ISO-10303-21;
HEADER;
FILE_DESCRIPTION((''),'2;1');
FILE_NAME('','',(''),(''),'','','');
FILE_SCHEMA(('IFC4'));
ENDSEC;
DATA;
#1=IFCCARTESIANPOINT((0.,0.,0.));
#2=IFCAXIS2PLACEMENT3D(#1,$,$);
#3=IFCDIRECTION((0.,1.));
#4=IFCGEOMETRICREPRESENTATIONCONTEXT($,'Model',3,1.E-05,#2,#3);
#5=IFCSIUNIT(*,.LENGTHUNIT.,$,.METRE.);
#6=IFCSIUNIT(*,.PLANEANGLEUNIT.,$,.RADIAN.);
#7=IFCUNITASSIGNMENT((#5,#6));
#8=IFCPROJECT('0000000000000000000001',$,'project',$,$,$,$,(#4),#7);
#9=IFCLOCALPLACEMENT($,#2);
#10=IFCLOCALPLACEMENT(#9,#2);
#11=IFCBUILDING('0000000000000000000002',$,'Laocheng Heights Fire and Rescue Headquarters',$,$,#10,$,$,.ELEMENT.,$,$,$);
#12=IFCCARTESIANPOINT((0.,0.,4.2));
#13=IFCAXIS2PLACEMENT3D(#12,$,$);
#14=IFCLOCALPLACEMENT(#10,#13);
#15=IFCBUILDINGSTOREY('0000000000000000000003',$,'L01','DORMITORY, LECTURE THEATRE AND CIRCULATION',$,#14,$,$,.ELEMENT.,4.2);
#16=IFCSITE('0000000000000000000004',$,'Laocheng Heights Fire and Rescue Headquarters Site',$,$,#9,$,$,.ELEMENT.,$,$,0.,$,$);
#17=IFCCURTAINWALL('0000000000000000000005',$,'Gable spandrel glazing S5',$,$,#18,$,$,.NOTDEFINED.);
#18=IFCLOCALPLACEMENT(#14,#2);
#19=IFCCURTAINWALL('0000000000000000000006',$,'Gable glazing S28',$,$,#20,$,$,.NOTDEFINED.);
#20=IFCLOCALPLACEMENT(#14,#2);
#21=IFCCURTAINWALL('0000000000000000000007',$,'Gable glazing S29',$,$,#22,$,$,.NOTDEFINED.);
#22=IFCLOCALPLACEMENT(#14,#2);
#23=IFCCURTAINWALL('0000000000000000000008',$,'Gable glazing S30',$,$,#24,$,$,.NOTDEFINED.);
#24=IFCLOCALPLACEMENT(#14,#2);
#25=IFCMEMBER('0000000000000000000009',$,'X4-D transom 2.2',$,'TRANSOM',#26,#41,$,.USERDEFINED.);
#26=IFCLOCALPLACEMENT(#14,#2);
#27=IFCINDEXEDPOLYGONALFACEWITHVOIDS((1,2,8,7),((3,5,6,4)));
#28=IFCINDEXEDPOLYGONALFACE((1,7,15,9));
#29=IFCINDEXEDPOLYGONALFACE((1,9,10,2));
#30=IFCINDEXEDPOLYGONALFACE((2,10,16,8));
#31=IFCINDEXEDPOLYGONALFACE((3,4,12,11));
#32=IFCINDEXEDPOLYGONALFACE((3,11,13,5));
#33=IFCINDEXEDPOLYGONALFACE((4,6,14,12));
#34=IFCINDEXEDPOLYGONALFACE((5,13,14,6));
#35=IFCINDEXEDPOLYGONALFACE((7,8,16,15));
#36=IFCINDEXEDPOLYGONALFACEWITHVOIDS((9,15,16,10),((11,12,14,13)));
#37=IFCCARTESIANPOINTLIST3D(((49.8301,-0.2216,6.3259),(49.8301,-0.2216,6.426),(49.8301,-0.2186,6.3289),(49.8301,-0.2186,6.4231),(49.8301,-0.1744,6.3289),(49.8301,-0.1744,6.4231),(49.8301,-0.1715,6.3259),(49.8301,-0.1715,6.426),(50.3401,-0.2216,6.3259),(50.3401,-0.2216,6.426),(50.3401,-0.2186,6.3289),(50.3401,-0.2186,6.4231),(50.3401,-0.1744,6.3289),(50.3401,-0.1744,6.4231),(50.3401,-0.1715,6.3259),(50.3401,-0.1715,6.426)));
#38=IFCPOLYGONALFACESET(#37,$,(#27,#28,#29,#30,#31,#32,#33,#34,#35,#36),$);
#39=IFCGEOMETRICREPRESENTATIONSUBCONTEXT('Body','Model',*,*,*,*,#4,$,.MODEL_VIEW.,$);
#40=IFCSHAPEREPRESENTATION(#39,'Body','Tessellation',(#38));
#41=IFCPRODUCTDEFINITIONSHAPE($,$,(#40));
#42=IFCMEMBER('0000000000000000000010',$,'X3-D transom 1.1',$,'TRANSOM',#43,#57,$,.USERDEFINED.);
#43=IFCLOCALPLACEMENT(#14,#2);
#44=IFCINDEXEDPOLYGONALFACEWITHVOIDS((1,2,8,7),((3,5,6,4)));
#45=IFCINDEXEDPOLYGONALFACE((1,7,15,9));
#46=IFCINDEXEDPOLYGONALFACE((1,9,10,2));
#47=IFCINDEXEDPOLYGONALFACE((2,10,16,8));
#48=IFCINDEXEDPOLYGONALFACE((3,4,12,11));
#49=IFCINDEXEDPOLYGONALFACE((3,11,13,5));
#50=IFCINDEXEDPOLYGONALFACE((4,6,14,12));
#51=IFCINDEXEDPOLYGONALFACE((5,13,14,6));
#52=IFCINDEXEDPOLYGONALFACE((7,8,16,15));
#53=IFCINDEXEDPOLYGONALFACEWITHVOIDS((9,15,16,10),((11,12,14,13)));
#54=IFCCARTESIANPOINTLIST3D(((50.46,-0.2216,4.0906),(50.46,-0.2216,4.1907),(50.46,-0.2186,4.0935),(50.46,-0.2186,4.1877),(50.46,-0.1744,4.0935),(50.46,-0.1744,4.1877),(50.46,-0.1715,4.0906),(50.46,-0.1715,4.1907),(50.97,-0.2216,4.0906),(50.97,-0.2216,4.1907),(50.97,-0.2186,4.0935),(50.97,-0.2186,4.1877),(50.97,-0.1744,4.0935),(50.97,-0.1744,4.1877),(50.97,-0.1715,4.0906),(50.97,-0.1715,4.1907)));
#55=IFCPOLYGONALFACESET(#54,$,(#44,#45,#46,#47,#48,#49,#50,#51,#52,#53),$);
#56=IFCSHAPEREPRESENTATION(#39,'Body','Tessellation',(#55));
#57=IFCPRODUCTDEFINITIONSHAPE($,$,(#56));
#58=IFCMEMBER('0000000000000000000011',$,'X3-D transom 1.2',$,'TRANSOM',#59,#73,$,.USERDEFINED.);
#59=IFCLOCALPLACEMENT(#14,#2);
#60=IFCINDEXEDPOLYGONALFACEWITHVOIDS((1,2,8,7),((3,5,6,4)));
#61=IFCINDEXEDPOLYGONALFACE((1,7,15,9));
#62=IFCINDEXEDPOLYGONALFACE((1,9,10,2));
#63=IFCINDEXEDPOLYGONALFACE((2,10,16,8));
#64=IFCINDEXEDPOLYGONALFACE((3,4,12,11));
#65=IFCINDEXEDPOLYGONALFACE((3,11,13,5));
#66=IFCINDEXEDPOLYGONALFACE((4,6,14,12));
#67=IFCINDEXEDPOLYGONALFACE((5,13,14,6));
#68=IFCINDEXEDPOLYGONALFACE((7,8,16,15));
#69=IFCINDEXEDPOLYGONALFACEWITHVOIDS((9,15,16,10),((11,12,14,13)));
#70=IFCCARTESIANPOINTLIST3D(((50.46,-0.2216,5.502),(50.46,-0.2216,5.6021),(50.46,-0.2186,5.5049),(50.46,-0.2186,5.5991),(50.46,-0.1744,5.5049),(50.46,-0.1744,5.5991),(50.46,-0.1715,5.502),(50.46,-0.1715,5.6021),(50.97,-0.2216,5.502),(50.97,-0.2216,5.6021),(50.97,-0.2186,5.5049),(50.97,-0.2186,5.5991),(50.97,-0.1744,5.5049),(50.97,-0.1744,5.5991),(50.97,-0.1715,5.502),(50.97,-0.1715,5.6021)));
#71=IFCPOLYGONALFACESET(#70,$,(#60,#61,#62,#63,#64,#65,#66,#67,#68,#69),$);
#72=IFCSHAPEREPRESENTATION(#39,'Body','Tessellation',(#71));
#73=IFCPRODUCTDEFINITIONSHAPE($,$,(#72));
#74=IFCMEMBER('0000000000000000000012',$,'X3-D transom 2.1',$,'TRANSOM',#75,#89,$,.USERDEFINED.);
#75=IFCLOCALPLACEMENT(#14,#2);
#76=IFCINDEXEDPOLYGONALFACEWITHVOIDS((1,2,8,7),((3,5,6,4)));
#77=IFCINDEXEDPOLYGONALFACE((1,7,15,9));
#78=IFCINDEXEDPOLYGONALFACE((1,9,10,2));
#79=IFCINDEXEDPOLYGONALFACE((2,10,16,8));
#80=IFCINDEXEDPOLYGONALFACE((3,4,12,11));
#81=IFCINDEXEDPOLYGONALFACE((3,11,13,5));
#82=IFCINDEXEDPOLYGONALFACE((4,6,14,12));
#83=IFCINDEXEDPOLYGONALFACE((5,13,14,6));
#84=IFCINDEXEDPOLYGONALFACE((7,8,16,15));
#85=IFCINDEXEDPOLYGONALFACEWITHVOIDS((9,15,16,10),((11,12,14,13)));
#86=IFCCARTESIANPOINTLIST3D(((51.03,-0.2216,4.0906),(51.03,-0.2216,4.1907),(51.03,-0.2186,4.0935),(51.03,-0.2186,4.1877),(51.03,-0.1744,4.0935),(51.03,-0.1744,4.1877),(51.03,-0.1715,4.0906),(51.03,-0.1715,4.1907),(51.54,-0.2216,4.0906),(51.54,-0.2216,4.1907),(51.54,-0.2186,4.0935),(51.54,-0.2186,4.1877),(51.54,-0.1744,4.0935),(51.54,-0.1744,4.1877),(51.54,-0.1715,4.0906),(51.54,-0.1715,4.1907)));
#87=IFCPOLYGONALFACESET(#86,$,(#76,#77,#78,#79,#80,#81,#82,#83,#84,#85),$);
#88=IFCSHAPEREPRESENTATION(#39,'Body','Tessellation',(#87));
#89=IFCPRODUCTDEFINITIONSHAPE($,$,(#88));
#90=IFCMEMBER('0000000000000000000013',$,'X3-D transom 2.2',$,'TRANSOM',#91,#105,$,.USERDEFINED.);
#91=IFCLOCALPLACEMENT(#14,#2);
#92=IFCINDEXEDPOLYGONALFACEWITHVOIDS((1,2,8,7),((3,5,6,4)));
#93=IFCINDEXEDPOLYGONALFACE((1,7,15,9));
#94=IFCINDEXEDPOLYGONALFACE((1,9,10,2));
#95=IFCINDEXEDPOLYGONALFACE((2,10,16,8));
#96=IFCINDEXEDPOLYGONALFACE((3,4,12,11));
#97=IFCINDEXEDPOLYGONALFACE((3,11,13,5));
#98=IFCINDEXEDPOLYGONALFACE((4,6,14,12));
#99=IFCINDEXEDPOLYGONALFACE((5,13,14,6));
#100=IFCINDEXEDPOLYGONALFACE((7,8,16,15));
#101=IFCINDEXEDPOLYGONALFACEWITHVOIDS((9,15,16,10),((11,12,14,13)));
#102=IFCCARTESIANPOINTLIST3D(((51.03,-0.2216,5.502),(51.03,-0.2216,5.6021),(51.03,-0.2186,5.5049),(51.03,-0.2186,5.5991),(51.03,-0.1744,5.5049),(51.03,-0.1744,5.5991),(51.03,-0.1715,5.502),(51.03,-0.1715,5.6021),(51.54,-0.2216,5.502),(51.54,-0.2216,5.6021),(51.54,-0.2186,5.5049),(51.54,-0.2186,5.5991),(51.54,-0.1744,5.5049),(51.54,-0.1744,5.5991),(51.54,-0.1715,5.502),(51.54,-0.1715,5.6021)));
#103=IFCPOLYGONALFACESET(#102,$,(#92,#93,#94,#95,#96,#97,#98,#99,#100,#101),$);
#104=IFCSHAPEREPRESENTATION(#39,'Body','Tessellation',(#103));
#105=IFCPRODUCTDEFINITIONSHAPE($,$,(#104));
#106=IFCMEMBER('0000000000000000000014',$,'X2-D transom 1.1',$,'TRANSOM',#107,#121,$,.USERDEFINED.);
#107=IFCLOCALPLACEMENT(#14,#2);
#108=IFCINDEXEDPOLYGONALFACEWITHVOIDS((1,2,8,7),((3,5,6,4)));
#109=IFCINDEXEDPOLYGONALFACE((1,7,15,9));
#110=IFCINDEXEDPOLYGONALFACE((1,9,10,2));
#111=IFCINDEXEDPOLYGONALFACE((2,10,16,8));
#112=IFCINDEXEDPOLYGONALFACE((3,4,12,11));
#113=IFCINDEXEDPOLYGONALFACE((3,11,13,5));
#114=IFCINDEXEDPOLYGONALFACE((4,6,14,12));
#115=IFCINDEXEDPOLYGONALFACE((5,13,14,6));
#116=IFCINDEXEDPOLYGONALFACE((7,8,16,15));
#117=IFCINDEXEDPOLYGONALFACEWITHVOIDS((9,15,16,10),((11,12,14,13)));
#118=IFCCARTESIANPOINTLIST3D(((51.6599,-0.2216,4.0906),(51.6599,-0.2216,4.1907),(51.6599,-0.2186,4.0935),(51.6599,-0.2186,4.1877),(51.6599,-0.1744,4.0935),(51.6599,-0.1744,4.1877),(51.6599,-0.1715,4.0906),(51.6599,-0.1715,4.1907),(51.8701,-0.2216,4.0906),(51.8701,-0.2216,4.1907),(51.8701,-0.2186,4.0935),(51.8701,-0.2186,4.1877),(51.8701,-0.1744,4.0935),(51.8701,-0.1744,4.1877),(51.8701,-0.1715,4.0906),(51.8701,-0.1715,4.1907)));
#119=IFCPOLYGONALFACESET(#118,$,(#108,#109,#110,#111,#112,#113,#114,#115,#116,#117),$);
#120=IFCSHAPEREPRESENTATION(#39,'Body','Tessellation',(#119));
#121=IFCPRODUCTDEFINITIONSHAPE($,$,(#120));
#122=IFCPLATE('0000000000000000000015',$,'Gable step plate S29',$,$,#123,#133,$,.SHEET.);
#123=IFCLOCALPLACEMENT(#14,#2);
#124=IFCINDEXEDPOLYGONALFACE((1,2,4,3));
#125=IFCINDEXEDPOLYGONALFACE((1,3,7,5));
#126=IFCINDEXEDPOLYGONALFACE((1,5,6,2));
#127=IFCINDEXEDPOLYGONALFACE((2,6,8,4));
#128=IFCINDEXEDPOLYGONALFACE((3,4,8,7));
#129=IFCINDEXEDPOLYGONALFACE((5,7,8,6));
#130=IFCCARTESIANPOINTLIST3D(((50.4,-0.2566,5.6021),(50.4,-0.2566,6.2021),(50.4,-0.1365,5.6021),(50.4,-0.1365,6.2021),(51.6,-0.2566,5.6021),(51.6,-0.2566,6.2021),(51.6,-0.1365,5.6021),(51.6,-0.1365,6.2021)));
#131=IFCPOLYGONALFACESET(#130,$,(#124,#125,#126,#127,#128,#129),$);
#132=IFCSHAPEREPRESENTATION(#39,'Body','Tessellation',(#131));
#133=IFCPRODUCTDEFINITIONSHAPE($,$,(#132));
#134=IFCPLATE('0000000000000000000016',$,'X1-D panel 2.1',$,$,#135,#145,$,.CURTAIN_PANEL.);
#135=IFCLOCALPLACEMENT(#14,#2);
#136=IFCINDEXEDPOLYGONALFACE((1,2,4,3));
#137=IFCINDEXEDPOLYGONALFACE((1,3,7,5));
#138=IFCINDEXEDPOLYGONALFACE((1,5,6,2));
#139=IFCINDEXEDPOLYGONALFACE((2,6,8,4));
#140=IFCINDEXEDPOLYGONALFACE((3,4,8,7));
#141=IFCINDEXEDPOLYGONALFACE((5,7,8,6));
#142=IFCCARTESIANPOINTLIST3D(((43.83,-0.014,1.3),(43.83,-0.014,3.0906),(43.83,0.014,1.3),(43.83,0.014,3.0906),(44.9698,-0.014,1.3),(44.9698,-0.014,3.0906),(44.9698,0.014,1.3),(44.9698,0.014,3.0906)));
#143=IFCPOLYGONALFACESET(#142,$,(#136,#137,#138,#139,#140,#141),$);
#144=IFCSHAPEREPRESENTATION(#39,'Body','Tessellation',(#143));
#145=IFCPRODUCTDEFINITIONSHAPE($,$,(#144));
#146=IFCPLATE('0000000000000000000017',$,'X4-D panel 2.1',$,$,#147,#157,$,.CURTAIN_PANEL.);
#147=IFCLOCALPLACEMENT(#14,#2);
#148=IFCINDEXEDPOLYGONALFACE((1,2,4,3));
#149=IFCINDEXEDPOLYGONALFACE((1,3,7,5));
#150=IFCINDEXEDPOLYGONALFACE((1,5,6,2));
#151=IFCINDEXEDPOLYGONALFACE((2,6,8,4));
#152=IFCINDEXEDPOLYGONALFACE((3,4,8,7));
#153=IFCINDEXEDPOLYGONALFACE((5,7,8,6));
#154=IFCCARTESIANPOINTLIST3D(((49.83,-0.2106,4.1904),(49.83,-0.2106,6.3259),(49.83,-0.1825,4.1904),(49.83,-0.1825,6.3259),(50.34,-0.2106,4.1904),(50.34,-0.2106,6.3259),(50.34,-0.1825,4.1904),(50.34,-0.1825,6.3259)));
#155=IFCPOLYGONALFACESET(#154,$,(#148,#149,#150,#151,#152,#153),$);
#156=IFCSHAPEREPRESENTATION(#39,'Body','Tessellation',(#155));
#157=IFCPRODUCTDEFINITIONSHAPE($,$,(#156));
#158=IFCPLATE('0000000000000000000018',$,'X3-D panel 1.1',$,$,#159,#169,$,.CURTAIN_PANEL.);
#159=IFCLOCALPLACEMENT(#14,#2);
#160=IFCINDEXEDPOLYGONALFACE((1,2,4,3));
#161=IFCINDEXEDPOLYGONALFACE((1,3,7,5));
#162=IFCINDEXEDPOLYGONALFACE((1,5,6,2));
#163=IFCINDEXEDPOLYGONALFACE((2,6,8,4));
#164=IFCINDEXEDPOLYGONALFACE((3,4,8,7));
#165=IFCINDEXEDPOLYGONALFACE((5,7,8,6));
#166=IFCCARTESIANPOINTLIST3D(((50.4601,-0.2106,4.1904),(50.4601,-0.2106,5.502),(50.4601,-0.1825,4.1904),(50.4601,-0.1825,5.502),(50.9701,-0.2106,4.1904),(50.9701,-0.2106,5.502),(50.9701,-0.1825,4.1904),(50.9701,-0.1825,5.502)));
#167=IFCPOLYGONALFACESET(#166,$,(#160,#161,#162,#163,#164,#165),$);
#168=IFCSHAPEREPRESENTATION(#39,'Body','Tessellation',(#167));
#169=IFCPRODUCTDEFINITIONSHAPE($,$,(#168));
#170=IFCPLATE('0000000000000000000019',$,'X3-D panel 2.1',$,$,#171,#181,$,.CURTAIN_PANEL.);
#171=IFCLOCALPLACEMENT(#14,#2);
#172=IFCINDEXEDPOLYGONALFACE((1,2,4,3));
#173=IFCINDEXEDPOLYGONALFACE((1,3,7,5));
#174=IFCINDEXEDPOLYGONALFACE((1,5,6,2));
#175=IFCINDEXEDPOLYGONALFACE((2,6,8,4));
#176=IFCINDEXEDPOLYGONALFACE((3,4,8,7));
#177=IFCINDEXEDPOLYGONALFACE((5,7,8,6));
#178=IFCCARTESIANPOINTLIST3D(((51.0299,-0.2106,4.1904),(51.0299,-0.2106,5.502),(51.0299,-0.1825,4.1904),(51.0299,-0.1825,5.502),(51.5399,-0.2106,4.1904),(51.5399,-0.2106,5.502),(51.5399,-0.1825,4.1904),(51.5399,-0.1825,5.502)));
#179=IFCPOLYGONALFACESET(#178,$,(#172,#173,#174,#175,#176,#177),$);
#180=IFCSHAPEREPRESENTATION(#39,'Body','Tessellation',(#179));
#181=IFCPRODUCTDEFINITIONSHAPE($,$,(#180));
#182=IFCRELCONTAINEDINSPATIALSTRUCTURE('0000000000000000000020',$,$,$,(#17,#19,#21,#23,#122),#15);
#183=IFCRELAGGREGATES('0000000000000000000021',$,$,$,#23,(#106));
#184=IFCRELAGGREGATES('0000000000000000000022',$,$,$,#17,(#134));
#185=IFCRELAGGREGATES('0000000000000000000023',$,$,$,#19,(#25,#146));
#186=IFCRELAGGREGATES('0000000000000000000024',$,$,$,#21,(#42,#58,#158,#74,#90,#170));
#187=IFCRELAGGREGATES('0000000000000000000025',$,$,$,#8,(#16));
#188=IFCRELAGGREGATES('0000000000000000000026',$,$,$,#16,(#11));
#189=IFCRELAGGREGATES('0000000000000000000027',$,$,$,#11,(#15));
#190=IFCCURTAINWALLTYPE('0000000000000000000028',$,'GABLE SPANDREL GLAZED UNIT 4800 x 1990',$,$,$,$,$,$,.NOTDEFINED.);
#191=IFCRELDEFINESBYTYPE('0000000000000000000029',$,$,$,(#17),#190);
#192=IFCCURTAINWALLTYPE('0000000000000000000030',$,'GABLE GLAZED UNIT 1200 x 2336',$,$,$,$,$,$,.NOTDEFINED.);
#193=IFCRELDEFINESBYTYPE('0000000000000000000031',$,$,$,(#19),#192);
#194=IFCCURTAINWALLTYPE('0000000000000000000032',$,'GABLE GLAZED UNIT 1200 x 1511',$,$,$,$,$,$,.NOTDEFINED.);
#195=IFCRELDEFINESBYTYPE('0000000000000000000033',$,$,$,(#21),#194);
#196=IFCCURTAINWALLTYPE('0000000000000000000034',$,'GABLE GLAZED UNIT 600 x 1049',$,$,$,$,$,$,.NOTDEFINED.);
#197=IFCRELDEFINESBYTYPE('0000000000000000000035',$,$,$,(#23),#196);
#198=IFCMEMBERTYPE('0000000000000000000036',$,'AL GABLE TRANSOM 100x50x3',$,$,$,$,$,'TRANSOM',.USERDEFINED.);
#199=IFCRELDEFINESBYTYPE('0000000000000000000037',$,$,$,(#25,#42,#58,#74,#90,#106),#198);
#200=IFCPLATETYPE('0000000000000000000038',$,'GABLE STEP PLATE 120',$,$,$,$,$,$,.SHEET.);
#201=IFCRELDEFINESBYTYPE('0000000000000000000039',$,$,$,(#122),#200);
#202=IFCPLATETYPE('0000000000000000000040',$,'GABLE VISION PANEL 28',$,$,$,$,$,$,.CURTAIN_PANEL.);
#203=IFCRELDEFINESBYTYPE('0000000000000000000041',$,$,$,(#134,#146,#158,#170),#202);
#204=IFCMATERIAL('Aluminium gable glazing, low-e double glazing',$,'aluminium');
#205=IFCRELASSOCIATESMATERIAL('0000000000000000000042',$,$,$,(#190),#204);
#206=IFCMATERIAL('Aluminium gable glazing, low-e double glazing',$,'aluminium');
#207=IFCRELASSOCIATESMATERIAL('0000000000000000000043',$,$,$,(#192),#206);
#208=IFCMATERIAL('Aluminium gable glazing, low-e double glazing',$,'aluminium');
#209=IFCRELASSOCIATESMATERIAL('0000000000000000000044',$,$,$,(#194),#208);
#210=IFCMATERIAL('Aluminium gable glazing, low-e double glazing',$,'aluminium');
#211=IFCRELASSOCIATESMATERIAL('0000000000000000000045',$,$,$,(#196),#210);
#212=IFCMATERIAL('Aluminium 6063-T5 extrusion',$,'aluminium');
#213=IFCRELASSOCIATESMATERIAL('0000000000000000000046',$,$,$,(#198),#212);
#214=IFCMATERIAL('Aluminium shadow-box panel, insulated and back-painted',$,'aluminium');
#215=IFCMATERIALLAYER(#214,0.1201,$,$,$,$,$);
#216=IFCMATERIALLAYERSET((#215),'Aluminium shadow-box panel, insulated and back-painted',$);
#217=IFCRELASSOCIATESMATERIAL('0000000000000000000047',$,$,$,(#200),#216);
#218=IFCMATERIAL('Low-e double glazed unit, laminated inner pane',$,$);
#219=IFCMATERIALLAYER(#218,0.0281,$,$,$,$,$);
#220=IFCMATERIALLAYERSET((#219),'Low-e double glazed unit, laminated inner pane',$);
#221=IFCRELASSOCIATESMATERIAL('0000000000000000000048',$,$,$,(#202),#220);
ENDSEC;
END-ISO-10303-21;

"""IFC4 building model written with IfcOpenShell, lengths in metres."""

from ifc_helpers import new_model, si_unit, direction, frame, origin, origin_2d, place, context, subcontext, project, spatial, rectangle, hollow_rectangle, extrude, material, layer, layer_set, material_profile, profile_set, type_object, element, aggregate, save


model = new_model("IFC4")

# Units and contexts
model_context = context("Model", 3, precision=1e-05, world=origin(), true_north=direction((0.0, 1.0)))
body_context = subcontext(model_context, "Body", "Model", "MODEL_VIEW")
ifc_project = project(units=[si_unit("LENGTHUNIT", "METRE"), si_unit("PLANEANGLEUNIT", "RADIAN")], contexts=[model_context])

# Site, building, storey
site_placement = place(None, origin())
site = spatial("IfcSite", under=ifc_project, at=site_placement, Name="Laocheng Heights Fire and Rescue Headquarters Site", CompositionType="ELEMENT", RefElevation=0.0)
building_placement = place(site_placement, origin())
building = spatial("IfcBuilding", under=site, at=building_placement, Name="Laocheng Heights Fire and Rescue Headquarters", CompositionType="ELEMENT")
storey_placement = place(building_placement, frame((0.0, 0.0, 4.2)))
storey = spatial("IfcBuildingStorey", under=building, at=storey_placement, Name="L01", Description="DORMITORY, LECTURE THEATRE AND CIRCULATION", CompositionType="ELEMENT", Elevation=4.2)

# Curtain wall
ifc_material_1 = material(Name="Aluminium gable glazing, low-e double glazing", Category="aluminium")
curtain_wall_type_1 = type_object("IfcCurtainWallType", Name="GABLE SPANDREL GLAZED UNIT 4800 x 1990", PredefinedType="NOTDEFINED", material=ifc_material_1)
curtain_wall_1_placement = place(storey_placement, origin())
curtain_wall_1 = element("IfcCurtainWall", 1, at=curtain_wall_1_placement, inside=storey, type_object=curtain_wall_type_1, Name="Gable spandrel glazing S5", PredefinedType="NOTDEFINED")

# Curtain wall
ifc_material_2 = material(Name="Aluminium gable glazing, low-e double glazing", Category="aluminium")
curtain_wall_type_2 = type_object("IfcCurtainWallType", Name="GABLE GLAZED UNIT 1200 x 2336", PredefinedType="NOTDEFINED", material=ifc_material_2)
curtain_wall_2_placement = place(storey_placement, origin())
curtain_wall_2 = element("IfcCurtainWall", 2, at=curtain_wall_2_placement, inside=storey, type_object=curtain_wall_type_2, Name="Gable glazing S28", PredefinedType="NOTDEFINED")

# Curtain wall
ifc_material_3 = material(Name="Aluminium gable glazing, low-e double glazing", Category="aluminium")
curtain_wall_type_3 = type_object("IfcCurtainWallType", Name="GABLE GLAZED UNIT 1200 x 1511", PredefinedType="NOTDEFINED", material=ifc_material_3)
curtain_wall_3_placement = place(storey_placement, origin())
curtain_wall_3 = element("IfcCurtainWall", 3, at=curtain_wall_3_placement, inside=storey, type_object=curtain_wall_type_3, Name="Gable glazing S29", PredefinedType="NOTDEFINED")

# Curtain wall
ifc_material_4 = material(Name="Aluminium gable glazing, low-e double glazing", Category="aluminium")
curtain_wall_type_4 = type_object("IfcCurtainWallType", Name="GABLE GLAZED UNIT 600 x 1049", PredefinedType="NOTDEFINED", material=ifc_material_4)
curtain_wall_4_placement = place(storey_placement, origin())
curtain_wall_4 = element("IfcCurtainWall", 4, at=curtain_wall_4_placement, inside=storey, type_object=curtain_wall_type_4, Name="Gable glazing S30", PredefinedType="NOTDEFINED")

# Members
ifc_material_5 = material(Name="Aluminium 6063-T5 extrusion", Category="aluminium")
ifc_material_profile_1 = material_profile(ifc_material_5, hollow_rectangle(XDim=0.05, YDim=0.1001, WallThickness=0.0029, at=origin_2d()), Name="AL TRANSOM 100x50x3")
ifc_profile_set_1 = profile_set([ifc_material_profile_1], Name="Aluminium 6063-T5 extrusion")
member_type_1 = type_object("IfcMemberType", Name="AL GABLE TRANSOM 100x50x3", ElementType="TRANSOM", PredefinedType="USERDEFINED", material=ifc_profile_set_1)
member_1_placement = place(storey_placement, frame((49.8301, -0.1965, 6.376), z_axis=(1.0, 0.0, 0.0), x_axis=(0.0, 1.0, 0.0)))
member_1 = element("IfcMember", 5, at=member_1_placement, type_object=member_type_1, Name="X4-D transom 2.2", ObjectType="TRANSOM", PredefinedType="USERDEFINED", context=body_context, shape_type="SweptSolid", body=[
    extrude(hollow_rectangle(XDim=0.05, YDim=0.1001, WallThickness=0.0029, at=origin_2d()), origin(), (0.0, 0.0, 1.0), 0.51),
])
member_2_placement = place(storey_placement, frame((50.46, -0.1965, 4.1406), z_axis=(1.0, 0.0, 0.0), x_axis=(0.0, 1.0, 0.0)))
member_2 = element("IfcMember", 6, at=member_2_placement, type_object=member_type_1, Name="X3-D transom 1.1", ObjectType="TRANSOM", PredefinedType="USERDEFINED", context=body_context, shape_type="SweptSolid", body=[
    extrude(hollow_rectangle(XDim=0.05, YDim=0.1001, WallThickness=0.0029, at=origin_2d()), origin(), (0.0, 0.0, 1.0), 0.51),
])
member_3_placement = place(storey_placement, frame((50.46, -0.1965, 5.552), z_axis=(1.0, 0.0, 0.0), x_axis=(0.0, 1.0, 0.0)))
member_3 = element("IfcMember", 7, at=member_3_placement, type_object=member_type_1, Name="X3-D transom 1.2", ObjectType="TRANSOM", PredefinedType="USERDEFINED", context=body_context, shape_type="SweptSolid", body=[
    extrude(hollow_rectangle(XDim=0.05, YDim=0.1001, WallThickness=0.0029, at=origin_2d()), origin(), (0.0, 0.0, 1.0), 0.51),
])
member_4_placement = place(storey_placement, frame((51.03, -0.1965, 4.1406), z_axis=(1.0, 0.0, 0.0), x_axis=(0.0, 1.0, 0.0)))
member_4 = element("IfcMember", 8, at=member_4_placement, type_object=member_type_1, Name="X3-D transom 2.1", ObjectType="TRANSOM", PredefinedType="USERDEFINED", context=body_context, shape_type="SweptSolid", body=[
    extrude(hollow_rectangle(XDim=0.05, YDim=0.1001, WallThickness=0.0029, at=origin_2d()), origin(), (0.0, 0.0, 1.0), 0.51),
])
member_5_placement = place(storey_placement, frame((51.03, -0.1965, 5.552), z_axis=(1.0, 0.0, 0.0), x_axis=(0.0, 1.0, 0.0)))
member_5 = element("IfcMember", 9, at=member_5_placement, type_object=member_type_1, Name="X3-D transom 2.2", ObjectType="TRANSOM", PredefinedType="USERDEFINED", context=body_context, shape_type="SweptSolid", body=[
    extrude(hollow_rectangle(XDim=0.05, YDim=0.1001, WallThickness=0.0029, at=origin_2d()), origin(), (0.0, 0.0, 1.0), 0.51),
])
member_6_placement = place(storey_placement, frame((51.6599, -0.1965, 4.1406), z_axis=(1.0, 0.0, 0.0), x_axis=(0.0, 1.0, 0.0)))
member_6 = element("IfcMember", 10, at=member_6_placement, type_object=member_type_1, Name="X2-D transom 1.1", ObjectType="TRANSOM", PredefinedType="USERDEFINED", context=body_context, shape_type="SweptSolid", body=[
    extrude(hollow_rectangle(XDim=0.05, YDim=0.1001, WallThickness=0.0029, at=origin_2d()), origin(), (0.0, 0.0, 1.0), 0.2102),
])
aggregate(curtain_wall_4, [member_6])

# Plates
ifc_material_6 = material(Name="Aluminium shadow-box panel, insulated and back-painted", Category="aluminium")
ifc_layer_1 = layer(ifc_material_6, 0.1201)
ifc_layer_set_1 = layer_set([ifc_layer_1], Name="Aluminium shadow-box panel, insulated and back-painted")
plate_type_1 = type_object("IfcPlateType", Name="GABLE STEP PLATE 120", PredefinedType="SHEET", material=ifc_layer_set_1)
plate_1_placement = place(storey_placement, frame((51.0, -0.1965, 5.6021), z_axis=(0.0, 0.0, 1.0), x_axis=(1.0, 0.0, 0.0)))
element("IfcPlate", 11, at=plate_1_placement, inside=storey, type_object=plate_type_1, Name="Gable step plate S29", PredefinedType="SHEET", context=body_context, shape_type="SweptSolid", body=[
    extrude(rectangle(XDim=1.2, YDim=0.1201, at=origin_2d()), origin(), (0.0, 0.0, 1.0), 0.6001),
])
ifc_material_7 = material(Name="Low-e double glazed unit, laminated inner pane")
ifc_layer_2 = layer(ifc_material_7, 0.0281)
ifc_layer_set_2 = layer_set([ifc_layer_2], Name="Low-e double glazed unit, laminated inner pane")
plate_type_2 = type_object("IfcPlateType", Name="GABLE VISION PANEL 28", PredefinedType="CURTAIN_PANEL", material=ifc_layer_set_2)
plate_2_placement = place(storey_placement, frame((44.3999, 0.0, 1.3), z_axis=(0.0, 0.0, 1.0), x_axis=(1.0, 0.0, 0.0)))
plate_2 = element("IfcPlate", 12, at=plate_2_placement, type_object=plate_type_2, Name="X1-D panel 2.1", PredefinedType="CURTAIN_PANEL", context=body_context, shape_type="SweptSolid", body=[
    extrude(rectangle(XDim=1.1399, YDim=0.0281, at=origin_2d()), origin(), (0.0, 0.0, 1.0), 1.7905),
])
aggregate(curtain_wall_1, [plate_2])
plate_3_placement = place(storey_placement, frame((50.085, -0.1965, 4.1904), z_axis=(0.0, 0.0, 1.0), x_axis=(1.0, 0.0, 0.0)))
plate_3 = element("IfcPlate", 13, at=plate_3_placement, type_object=plate_type_2, Name="X4-D panel 2.1", PredefinedType="CURTAIN_PANEL", context=body_context, shape_type="SweptSolid", body=[
    extrude(rectangle(XDim=0.51, YDim=0.0281, at=origin_2d()), origin(), (0.0, 0.0, 1.0), 2.1355),
])
aggregate(curtain_wall_2, [member_1, plate_3])
plate_4_placement = place(storey_placement, frame((50.7151, -0.1965, 4.1904), z_axis=(0.0, 0.0, 1.0), x_axis=(1.0, 0.0, 0.0)))
plate_4 = element("IfcPlate", 14, at=plate_4_placement, type_object=plate_type_2, Name="X3-D panel 1.1", PredefinedType="CURTAIN_PANEL", context=body_context, shape_type="SweptSolid", body=[
    extrude(rectangle(XDim=0.51, YDim=0.0281, at=origin_2d()), origin(), (0.0, 0.0, 1.0), 1.3115),
])
plate_5_placement = place(storey_placement, frame((51.2849, -0.1965, 4.1904), z_axis=(0.0, 0.0, 1.0), x_axis=(1.0, 0.0, 0.0)))
plate_5 = element("IfcPlate", 15, at=plate_5_placement, type_object=plate_type_2, Name="X3-D panel 2.1", PredefinedType="CURTAIN_PANEL", context=body_context, shape_type="SweptSolid", body=[
    extrude(rectangle(XDim=0.51, YDim=0.0281, at=origin_2d()), origin(), (0.0, 0.0, 1.0), 1.3115),
])
aggregate(curtain_wall_3, [member_2, member_3, plate_4, member_4, member_5, plate_5])

save(model, "model.ifc")
